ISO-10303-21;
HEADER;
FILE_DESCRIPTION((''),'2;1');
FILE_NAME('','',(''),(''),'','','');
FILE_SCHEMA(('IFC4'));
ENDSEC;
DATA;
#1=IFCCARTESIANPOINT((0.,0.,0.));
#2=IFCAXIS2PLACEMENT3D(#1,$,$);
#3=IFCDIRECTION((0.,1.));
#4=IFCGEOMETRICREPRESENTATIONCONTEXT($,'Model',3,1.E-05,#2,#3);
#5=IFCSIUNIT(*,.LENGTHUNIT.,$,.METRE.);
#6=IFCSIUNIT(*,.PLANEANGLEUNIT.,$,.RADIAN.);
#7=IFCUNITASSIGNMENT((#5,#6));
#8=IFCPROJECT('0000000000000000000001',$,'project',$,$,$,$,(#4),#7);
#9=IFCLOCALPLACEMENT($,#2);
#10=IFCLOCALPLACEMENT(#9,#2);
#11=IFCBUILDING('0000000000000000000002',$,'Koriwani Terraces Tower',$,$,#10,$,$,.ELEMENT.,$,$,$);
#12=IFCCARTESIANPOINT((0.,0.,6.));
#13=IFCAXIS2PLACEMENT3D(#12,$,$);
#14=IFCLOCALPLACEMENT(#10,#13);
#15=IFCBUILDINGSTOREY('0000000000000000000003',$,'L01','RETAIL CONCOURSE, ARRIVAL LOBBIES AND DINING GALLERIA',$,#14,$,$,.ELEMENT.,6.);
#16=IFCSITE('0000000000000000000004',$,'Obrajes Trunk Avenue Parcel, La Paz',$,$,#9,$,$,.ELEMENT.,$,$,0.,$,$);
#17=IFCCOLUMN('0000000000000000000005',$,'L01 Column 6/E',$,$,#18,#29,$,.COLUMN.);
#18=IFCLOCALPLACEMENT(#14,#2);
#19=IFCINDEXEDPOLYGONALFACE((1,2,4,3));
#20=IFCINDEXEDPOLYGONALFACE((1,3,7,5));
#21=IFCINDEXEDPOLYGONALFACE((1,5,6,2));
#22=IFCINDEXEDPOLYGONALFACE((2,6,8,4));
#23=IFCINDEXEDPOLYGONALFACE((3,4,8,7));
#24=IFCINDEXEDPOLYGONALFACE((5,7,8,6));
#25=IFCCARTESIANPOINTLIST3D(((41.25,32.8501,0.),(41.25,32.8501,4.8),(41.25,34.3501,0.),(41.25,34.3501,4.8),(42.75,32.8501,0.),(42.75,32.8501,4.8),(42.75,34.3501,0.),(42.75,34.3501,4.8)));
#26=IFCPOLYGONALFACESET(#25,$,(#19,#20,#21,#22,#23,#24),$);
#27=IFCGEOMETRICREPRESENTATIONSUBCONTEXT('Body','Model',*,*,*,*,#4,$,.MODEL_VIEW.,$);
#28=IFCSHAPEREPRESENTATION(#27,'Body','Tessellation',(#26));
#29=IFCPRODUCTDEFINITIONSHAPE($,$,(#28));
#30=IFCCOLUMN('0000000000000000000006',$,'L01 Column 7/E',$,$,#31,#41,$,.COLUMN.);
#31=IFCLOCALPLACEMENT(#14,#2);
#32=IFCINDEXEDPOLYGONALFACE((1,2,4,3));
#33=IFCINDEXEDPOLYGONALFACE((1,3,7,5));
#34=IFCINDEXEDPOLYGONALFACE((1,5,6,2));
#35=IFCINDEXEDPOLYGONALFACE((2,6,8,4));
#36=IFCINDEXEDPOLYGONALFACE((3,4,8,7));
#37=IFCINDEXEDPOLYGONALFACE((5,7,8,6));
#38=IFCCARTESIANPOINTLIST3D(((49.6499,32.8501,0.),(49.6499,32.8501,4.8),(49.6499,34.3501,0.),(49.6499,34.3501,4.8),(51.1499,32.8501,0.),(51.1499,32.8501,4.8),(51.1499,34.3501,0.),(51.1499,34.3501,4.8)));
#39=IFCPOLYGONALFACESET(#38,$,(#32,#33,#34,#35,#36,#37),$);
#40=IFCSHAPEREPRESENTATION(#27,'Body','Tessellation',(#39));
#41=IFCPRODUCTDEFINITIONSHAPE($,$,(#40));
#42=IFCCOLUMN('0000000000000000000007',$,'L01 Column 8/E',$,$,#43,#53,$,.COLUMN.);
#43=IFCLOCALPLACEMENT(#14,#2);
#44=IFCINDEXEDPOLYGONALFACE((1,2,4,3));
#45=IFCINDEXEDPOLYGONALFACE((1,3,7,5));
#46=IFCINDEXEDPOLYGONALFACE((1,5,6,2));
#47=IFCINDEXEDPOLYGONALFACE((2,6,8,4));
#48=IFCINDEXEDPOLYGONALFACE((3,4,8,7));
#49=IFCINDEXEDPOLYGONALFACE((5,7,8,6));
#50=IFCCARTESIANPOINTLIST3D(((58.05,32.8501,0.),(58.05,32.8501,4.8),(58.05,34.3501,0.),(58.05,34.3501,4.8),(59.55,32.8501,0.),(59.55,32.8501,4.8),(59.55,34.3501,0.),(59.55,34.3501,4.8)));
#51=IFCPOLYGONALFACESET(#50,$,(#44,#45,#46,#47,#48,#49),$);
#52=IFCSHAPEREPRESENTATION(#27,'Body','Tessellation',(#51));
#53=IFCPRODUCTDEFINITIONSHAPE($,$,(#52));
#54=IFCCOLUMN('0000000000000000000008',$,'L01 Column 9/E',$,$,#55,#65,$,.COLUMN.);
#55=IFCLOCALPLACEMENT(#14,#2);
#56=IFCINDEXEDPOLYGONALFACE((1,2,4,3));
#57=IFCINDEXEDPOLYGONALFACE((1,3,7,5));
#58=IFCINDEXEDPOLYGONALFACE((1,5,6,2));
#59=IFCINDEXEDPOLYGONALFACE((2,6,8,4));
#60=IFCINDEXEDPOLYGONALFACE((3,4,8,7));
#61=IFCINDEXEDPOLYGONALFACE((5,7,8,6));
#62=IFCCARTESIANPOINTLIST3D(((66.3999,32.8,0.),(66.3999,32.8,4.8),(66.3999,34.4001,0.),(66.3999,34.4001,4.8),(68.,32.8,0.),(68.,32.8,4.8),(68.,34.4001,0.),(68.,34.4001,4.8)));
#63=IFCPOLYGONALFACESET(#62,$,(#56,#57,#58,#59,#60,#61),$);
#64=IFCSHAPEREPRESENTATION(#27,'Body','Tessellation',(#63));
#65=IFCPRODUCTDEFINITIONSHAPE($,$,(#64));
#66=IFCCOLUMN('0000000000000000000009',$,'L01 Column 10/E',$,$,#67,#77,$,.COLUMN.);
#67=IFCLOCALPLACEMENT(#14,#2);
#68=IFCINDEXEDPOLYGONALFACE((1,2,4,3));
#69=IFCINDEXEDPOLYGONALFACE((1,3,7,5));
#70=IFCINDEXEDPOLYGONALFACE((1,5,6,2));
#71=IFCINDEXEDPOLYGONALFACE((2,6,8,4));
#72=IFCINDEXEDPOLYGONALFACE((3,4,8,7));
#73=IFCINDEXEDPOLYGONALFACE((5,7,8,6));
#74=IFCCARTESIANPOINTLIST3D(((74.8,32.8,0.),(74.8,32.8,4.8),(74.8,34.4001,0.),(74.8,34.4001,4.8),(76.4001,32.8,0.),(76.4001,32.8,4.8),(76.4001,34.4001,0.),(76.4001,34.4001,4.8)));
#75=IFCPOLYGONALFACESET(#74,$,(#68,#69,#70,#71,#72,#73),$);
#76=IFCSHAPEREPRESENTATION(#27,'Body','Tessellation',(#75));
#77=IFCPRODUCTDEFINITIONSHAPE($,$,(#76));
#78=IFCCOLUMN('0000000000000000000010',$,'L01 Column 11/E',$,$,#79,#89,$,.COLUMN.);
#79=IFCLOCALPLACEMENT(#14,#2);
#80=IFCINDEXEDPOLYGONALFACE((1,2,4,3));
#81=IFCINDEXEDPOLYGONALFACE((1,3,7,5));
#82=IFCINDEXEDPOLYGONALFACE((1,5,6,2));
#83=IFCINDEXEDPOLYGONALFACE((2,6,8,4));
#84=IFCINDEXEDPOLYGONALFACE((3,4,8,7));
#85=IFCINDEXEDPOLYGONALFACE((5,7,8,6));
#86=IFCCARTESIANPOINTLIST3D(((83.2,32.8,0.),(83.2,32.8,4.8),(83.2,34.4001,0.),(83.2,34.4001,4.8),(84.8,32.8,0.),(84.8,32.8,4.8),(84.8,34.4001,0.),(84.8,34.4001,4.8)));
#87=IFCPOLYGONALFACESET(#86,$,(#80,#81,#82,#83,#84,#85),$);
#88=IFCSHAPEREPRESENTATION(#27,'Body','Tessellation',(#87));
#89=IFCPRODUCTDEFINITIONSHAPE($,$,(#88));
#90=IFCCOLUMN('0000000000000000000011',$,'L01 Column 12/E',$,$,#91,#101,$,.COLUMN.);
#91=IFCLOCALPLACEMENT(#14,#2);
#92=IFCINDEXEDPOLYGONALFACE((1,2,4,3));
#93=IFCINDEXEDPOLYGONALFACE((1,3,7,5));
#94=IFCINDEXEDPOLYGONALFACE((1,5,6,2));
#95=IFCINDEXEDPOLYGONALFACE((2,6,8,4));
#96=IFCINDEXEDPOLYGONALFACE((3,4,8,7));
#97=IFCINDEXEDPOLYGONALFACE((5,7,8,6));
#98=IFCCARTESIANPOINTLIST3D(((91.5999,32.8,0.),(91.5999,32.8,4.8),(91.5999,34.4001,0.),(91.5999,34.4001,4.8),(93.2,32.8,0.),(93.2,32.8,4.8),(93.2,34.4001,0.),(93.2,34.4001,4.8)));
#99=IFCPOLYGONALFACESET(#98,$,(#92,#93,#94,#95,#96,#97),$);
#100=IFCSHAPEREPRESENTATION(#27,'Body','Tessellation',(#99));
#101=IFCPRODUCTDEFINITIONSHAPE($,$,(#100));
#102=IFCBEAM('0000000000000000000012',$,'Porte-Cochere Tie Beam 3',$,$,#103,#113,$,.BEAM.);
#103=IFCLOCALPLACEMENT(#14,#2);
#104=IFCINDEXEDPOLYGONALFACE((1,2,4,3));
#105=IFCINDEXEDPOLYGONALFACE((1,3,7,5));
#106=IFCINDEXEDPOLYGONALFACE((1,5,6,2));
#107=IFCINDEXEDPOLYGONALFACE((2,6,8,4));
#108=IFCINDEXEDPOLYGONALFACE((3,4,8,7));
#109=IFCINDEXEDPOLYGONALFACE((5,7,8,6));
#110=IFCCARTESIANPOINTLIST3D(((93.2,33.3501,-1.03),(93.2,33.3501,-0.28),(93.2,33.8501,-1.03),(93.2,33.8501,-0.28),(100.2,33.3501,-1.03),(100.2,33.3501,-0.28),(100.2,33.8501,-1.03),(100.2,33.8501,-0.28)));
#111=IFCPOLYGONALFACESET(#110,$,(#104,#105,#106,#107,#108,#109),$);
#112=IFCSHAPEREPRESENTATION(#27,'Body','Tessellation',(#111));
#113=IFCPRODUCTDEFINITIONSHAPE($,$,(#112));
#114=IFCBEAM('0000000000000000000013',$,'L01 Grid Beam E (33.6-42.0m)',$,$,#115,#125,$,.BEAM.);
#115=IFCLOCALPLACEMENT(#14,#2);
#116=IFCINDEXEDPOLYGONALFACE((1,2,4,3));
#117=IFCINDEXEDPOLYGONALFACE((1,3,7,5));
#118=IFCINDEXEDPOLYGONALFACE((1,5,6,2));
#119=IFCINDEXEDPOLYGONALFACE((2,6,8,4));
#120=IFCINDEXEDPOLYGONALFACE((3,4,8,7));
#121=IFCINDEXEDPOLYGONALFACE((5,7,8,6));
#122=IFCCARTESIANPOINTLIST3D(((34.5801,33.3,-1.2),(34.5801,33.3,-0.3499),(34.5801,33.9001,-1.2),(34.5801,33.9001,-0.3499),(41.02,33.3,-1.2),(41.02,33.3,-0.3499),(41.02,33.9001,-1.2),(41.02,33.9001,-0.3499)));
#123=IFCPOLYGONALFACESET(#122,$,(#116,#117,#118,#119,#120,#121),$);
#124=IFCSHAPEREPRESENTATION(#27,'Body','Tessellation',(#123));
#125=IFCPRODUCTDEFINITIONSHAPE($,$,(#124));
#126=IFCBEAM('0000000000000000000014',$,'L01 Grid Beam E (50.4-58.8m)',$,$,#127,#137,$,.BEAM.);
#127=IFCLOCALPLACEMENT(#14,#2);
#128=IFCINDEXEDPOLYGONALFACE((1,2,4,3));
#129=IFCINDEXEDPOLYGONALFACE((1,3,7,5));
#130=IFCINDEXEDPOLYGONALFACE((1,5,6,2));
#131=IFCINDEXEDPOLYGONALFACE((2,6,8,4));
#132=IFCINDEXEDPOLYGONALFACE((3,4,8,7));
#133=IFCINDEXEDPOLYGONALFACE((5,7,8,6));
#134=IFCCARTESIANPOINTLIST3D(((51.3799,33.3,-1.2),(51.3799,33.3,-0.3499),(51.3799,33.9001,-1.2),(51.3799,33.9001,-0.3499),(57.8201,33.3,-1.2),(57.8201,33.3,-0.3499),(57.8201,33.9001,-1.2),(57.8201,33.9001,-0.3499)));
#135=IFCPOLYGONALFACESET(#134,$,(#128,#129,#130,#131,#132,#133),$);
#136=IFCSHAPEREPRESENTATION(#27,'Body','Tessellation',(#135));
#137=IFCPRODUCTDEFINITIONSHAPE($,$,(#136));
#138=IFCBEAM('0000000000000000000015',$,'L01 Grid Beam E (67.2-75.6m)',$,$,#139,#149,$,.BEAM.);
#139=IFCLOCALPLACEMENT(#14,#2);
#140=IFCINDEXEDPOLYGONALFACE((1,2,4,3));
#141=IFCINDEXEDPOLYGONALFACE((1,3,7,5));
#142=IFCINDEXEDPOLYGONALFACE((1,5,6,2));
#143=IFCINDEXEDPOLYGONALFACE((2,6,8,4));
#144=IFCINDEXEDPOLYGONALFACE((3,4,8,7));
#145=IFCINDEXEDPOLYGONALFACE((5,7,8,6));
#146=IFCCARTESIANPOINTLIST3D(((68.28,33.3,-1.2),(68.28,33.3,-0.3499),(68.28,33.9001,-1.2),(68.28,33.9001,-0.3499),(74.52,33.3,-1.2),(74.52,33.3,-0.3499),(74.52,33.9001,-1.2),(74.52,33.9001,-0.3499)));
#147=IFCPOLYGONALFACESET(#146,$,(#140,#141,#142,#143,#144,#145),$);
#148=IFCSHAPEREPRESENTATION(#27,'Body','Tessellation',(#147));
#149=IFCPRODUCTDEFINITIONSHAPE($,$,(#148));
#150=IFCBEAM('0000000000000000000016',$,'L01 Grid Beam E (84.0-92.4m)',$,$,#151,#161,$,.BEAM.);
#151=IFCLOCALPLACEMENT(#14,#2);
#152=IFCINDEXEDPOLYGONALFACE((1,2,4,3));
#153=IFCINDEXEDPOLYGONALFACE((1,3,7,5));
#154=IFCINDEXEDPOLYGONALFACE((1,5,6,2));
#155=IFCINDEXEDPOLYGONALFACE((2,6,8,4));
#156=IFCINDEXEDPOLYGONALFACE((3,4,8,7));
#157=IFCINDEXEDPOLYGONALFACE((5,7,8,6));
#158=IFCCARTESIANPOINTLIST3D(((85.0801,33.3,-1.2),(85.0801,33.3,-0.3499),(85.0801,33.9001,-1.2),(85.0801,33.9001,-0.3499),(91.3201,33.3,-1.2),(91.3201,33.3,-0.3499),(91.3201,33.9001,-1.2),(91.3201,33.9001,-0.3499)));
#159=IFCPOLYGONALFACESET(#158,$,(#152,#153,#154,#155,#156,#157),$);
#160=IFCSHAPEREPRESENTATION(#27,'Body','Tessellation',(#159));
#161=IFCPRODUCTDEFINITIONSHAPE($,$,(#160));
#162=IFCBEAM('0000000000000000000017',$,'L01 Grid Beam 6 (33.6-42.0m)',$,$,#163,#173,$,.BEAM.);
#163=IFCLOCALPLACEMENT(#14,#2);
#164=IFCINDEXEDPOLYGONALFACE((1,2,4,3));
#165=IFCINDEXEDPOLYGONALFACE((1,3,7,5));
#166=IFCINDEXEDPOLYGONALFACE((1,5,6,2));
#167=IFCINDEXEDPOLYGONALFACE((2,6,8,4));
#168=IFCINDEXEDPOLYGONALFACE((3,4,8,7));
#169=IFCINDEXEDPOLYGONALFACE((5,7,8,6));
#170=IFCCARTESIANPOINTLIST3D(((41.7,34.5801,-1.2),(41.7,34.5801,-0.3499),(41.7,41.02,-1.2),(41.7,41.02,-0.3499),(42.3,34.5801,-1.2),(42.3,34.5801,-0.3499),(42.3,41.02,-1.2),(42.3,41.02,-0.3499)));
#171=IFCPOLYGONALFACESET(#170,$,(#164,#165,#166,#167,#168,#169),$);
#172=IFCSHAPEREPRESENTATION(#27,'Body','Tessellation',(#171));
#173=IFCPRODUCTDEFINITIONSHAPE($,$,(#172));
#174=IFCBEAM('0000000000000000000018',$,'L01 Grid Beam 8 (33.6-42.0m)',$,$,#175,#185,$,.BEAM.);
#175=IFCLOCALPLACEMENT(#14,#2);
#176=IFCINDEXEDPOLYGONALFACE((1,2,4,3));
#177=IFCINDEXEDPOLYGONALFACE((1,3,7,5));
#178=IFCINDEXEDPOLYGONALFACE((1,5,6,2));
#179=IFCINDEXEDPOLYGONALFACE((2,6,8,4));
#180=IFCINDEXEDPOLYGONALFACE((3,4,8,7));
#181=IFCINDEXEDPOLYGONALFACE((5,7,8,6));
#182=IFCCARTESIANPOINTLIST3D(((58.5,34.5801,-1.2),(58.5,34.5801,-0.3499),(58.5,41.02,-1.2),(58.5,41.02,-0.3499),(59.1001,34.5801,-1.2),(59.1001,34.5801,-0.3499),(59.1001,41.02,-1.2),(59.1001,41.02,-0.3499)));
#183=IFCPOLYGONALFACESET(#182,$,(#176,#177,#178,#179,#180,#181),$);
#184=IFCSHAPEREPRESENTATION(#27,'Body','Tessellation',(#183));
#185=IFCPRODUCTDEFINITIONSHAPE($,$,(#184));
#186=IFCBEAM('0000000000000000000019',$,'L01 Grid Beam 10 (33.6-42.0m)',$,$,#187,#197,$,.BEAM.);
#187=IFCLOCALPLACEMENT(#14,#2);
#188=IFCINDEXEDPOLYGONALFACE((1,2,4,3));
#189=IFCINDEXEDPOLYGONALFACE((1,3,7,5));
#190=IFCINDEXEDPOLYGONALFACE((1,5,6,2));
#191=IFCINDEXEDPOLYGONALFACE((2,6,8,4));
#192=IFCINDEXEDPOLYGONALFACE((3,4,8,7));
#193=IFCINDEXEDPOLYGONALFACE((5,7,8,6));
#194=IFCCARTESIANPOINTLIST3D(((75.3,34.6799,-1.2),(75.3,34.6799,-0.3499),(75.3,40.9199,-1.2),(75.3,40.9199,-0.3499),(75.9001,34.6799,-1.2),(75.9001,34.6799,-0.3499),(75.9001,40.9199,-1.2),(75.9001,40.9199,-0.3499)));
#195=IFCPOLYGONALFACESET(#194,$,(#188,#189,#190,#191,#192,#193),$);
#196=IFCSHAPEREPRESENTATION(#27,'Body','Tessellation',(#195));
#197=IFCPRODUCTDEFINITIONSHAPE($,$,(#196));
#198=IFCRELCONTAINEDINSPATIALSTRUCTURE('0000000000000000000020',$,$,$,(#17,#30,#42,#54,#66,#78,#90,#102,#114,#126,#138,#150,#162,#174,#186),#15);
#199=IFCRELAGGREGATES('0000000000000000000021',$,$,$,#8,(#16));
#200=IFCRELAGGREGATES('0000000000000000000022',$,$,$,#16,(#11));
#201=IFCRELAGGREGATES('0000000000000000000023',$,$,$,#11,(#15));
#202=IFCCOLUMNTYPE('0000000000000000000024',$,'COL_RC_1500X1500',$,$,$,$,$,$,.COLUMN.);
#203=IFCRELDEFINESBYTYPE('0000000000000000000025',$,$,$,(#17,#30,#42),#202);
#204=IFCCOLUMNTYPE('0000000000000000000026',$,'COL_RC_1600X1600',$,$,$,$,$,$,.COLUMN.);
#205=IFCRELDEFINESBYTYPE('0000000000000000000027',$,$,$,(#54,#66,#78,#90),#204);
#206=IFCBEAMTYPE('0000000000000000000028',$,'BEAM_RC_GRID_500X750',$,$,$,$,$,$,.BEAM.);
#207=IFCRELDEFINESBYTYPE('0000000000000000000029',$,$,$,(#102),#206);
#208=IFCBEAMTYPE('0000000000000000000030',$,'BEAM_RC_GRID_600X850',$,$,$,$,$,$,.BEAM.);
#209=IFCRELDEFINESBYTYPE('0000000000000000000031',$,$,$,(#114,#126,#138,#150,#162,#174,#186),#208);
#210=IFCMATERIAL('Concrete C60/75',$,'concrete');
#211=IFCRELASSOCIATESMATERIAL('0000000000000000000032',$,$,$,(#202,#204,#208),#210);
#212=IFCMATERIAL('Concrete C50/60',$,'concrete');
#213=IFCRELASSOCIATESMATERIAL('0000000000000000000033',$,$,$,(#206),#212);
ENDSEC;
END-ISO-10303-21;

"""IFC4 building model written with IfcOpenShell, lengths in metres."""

from ifc_helpers import new_model, si_unit, direction, frame, origin, origin_2d, place, context, subcontext, project, spatial, rectangle, extrude, material, material_profile, profile_set, type_object, element, save


model = new_model("IFC4")

# Units and contexts
model_context = context("Model", 3, precision=1e-05, world=origin(), true_north=direction((0.0, 1.0)))
body_context = subcontext(model_context, "Body", "Model", "MODEL_VIEW")
ifc_project = project(units=[si_unit("LENGTHUNIT", "METRE"), si_unit("PLANEANGLEUNIT", "RADIAN")], contexts=[model_context])

# Site, building, storey
site_placement = place(None, origin())
site = spatial("IfcSite", under=ifc_project, at=site_placement, Name="Obrajes Trunk Avenue Parcel, La Paz", CompositionType="ELEMENT", RefElevation=0.0)
building_placement = place(site_placement, origin())
building = spatial("IfcBuilding", under=site, at=building_placement, Name="Koriwani Terraces Tower", CompositionType="ELEMENT")
storey_placement = place(building_placement, frame((0.0, 0.0, 6.0)))
storey = spatial("IfcBuildingStorey", under=building, at=storey_placement, Name="L01", Description="RETAIL CONCOURSE, ARRIVAL LOBBIES AND DINING GALLERIA", CompositionType="ELEMENT", Elevation=6.0)

# Columns
ifc_material_1 = material(Name="Concrete C60/75", Category="concrete")
ifc_material_profile_1 = material_profile(ifc_material_1, rectangle(XDim=1.5, YDim=1.5, at=origin_2d()), Name="Concrete C60/75", Category="LoadBearing")
ifc_profile_set_1 = profile_set([ifc_material_profile_1], Name="Concrete C60/75")
column_type_1 = type_object("IfcColumnType", Name="COL_RC_1500X1500", PredefinedType="COLUMN", material=ifc_profile_set_1)
for number, where, z_axis, x_axis, name in (
    (1, (42.0, 33.6001, 0.0), (0.0, 0.0, 1.0), (1.0, 0.0, 0.0), "L01 Column 6/E"),
    (2, (50.3999, 33.6001, 0.0), (0.0, 0.0, 1.0), (1.0, 0.0, 0.0), "L01 Column 7/E"),
    (3, (58.8, 33.6001, 0.0), (0.0, 0.0, 1.0), (1.0, 0.0, 0.0), "L01 Column 8/E"),
):
    element("IfcColumn", number, at=place(storey_placement, frame(where, z_axis=z_axis, x_axis=x_axis)), inside=storey, type_object=column_type_1, Name=name, PredefinedType="COLUMN", context=body_context, shape_type="SweptSolid", body=[
        extrude(rectangle(XDim=1.5, YDim=1.5, at=origin_2d()), origin(), (0.0, 0.0, 1.0), 4.8),
    ])
ifc_material_profile_2 = material_profile(ifc_material_1, rectangle(XDim=1.6001, YDim=1.6001, at=origin_2d()), Name="Concrete C60/75", Category="LoadBearing")
ifc_profile_set_2 = profile_set([ifc_material_profile_2], Name="Concrete C60/75")
column_type_2 = type_object("IfcColumnType", Name="COL_RC_1600X1600", PredefinedType="COLUMN", material=ifc_profile_set_2)
for number, where, z_axis, x_axis, name in (
    (4, (67.2, 33.6001, 0.0), (0.0, 0.0, 1.0), (1.0, 0.0, 0.0), "L01 Column 9/E"),
    (5, (75.6001, 33.6001, 0.0), (0.0, 0.0, 1.0), (1.0, 0.0, 0.0), "L01 Column 10/E"),
    (6, (84.0, 33.6001, 0.0), (0.0, 0.0, 1.0), (1.0, 0.0, 0.0), "L01 Column 11/E"),
    (7, (92.3999, 33.6001, 0.0), (0.0, 0.0, 1.0), (1.0, 0.0, 0.0), "L01 Column 12/E"),
):
    element("IfcColumn", number, at=place(storey_placement, frame(where, z_axis=z_axis, x_axis=x_axis)), inside=storey, type_object=column_type_2, Name=name, PredefinedType="COLUMN", context=body_context, shape_type="SweptSolid", body=[
        extrude(rectangle(XDim=1.6001, YDim=1.6001, at=origin_2d()), origin(), (0.0, 0.0, 1.0), 4.8),
    ])

# Beams
ifc_material_2 = material(Name="Concrete C50/60", Category="concrete")
ifc_material_profile_3 = material_profile(ifc_material_2, rectangle(XDim=0.5, YDim=0.75, at=origin_2d()), Name="Concrete C50/60", Category="LoadBearing")
ifc_profile_set_3 = profile_set([ifc_material_profile_3], Name="Concrete C50/60")
beam_type_1 = type_object("IfcBeamType", Name="BEAM_RC_GRID_500X750", PredefinedType="BEAM", material=ifc_profile_set_3)
beam_1_placement = place(storey_placement, frame((93.2, 33.6001, -0.655), z_axis=(1.0, 0.0, 0.0), x_axis=(0.0, 1.0, 0.0)))
element("IfcBeam", 8, at=beam_1_placement, inside=storey, type_object=beam_type_1, Name="Porte-Cochere Tie Beam 3", PredefinedType="BEAM", context=body_context, shape_type="SweptSolid", body=[
    extrude(rectangle(XDim=0.5, YDim=0.75, at=origin_2d()), origin(), (0.0, 0.0, 1.0), 7.0),
])
ifc_material_profile_4 = material_profile(ifc_material_1, rectangle(XDim=0.6001, YDim=0.8501, at=origin_2d()), Name="Concrete C60/75", Category="LoadBearing")
ifc_profile_set_4 = profile_set([ifc_material_profile_4], Name="Concrete C60/75")
beam_type_2 = type_object("IfcBeamType", Name="BEAM_RC_GRID_600X850", PredefinedType="BEAM", material=ifc_profile_set_4)
beam_2_placement = place(storey_placement, frame((34.5801, 33.6001, -0.7749), z_axis=(1.0, 0.0, 0.0), x_axis=(0.0, 1.0, 0.0)))
element("IfcBeam", 9, at=beam_2_placement, inside=storey, type_object=beam_type_2, Name="L01 Grid Beam E (33.6-42.0m)", PredefinedType="BEAM", context=body_context, shape_type="SweptSolid", body=[
    extrude(rectangle(XDim=0.6001, YDim=0.8501, at=origin_2d()), origin(), (0.0, 0.0, 1.0), 6.4399),
])
beam_3_placement = place(storey_placement, frame((51.3799, 33.6001, -0.7749), z_axis=(1.0, 0.0, 0.0), x_axis=(0.0, 1.0, 0.0)))
element("IfcBeam", 10, at=beam_3_placement, inside=storey, type_object=beam_type_2, Name="L01 Grid Beam E (50.4-58.8m)", PredefinedType="BEAM", context=body_context, shape_type="SweptSolid", body=[
    extrude(rectangle(XDim=0.6001, YDim=0.8501, at=origin_2d()), origin(), (0.0, 0.0, 1.0), 6.4402),
])
for number, where, z_axis, x_axis, name in (
    (11, (68.28, 33.6001, -0.7749), (1.0, 0.0, 0.0), (0.0, 1.0, 0.0), "L01 Grid Beam E (67.2-75.6m)"),
    (12, (85.0801, 33.6001, -0.7749), (1.0, 0.0, 0.0), (0.0, 1.0, 0.0), "L01 Grid Beam E (84.0-92.4m)"),
):
    element("IfcBeam", number, at=place(storey_placement, frame(where, z_axis=z_axis, x_axis=x_axis)), inside=storey, type_object=beam_type_2, Name=name, PredefinedType="BEAM", context=body_context, shape_type="SweptSolid", body=[
        extrude(rectangle(XDim=0.6001, YDim=0.8501, at=origin_2d()), origin(), (0.0, 0.0, 1.0), 6.24),
    ])
for number, where, z_axis, x_axis, name in (
    (13, (42.0, 34.5801, -0.7749), (0.0, 1.0, 0.0), (-1.0, 0.0, 0.0), "L01 Grid Beam 6 (33.6-42.0m)"),
    (14, (58.8, 34.5801, -0.7749), (0.0, 1.0, 0.0), (-1.0, 0.0, 0.0), "L01 Grid Beam 8 (33.6-42.0m)"),
):
    element("IfcBeam", number, at=place(storey_placement, frame(where, z_axis=z_axis, x_axis=x_axis)), inside=storey, type_object=beam_type_2, Name=name, PredefinedType="BEAM", context=body_context, shape_type="SweptSolid", body=[
        extrude(rectangle(XDim=0.6001, YDim=0.8501, at=origin_2d()), origin(), (0.0, 0.0, 1.0), 6.4399),
    ])
beam_4_placement = place(storey_placement, frame((75.6001, 34.6799, -0.7749), z_axis=(0.0, 1.0, 0.0), x_axis=(-1.0, 0.0, 0.0)))
element("IfcBeam", 15, at=beam_4_placement, inside=storey, type_object=beam_type_2, Name="L01 Grid Beam 10 (33.6-42.0m)", PredefinedType="BEAM", context=body_context, shape_type="SweptSolid", body=[
    extrude(rectangle(XDim=0.6001, YDim=0.8501, at=origin_2d()), origin(), (0.0, 0.0, 1.0), 6.24),
])

save(model, "model.ifc")
